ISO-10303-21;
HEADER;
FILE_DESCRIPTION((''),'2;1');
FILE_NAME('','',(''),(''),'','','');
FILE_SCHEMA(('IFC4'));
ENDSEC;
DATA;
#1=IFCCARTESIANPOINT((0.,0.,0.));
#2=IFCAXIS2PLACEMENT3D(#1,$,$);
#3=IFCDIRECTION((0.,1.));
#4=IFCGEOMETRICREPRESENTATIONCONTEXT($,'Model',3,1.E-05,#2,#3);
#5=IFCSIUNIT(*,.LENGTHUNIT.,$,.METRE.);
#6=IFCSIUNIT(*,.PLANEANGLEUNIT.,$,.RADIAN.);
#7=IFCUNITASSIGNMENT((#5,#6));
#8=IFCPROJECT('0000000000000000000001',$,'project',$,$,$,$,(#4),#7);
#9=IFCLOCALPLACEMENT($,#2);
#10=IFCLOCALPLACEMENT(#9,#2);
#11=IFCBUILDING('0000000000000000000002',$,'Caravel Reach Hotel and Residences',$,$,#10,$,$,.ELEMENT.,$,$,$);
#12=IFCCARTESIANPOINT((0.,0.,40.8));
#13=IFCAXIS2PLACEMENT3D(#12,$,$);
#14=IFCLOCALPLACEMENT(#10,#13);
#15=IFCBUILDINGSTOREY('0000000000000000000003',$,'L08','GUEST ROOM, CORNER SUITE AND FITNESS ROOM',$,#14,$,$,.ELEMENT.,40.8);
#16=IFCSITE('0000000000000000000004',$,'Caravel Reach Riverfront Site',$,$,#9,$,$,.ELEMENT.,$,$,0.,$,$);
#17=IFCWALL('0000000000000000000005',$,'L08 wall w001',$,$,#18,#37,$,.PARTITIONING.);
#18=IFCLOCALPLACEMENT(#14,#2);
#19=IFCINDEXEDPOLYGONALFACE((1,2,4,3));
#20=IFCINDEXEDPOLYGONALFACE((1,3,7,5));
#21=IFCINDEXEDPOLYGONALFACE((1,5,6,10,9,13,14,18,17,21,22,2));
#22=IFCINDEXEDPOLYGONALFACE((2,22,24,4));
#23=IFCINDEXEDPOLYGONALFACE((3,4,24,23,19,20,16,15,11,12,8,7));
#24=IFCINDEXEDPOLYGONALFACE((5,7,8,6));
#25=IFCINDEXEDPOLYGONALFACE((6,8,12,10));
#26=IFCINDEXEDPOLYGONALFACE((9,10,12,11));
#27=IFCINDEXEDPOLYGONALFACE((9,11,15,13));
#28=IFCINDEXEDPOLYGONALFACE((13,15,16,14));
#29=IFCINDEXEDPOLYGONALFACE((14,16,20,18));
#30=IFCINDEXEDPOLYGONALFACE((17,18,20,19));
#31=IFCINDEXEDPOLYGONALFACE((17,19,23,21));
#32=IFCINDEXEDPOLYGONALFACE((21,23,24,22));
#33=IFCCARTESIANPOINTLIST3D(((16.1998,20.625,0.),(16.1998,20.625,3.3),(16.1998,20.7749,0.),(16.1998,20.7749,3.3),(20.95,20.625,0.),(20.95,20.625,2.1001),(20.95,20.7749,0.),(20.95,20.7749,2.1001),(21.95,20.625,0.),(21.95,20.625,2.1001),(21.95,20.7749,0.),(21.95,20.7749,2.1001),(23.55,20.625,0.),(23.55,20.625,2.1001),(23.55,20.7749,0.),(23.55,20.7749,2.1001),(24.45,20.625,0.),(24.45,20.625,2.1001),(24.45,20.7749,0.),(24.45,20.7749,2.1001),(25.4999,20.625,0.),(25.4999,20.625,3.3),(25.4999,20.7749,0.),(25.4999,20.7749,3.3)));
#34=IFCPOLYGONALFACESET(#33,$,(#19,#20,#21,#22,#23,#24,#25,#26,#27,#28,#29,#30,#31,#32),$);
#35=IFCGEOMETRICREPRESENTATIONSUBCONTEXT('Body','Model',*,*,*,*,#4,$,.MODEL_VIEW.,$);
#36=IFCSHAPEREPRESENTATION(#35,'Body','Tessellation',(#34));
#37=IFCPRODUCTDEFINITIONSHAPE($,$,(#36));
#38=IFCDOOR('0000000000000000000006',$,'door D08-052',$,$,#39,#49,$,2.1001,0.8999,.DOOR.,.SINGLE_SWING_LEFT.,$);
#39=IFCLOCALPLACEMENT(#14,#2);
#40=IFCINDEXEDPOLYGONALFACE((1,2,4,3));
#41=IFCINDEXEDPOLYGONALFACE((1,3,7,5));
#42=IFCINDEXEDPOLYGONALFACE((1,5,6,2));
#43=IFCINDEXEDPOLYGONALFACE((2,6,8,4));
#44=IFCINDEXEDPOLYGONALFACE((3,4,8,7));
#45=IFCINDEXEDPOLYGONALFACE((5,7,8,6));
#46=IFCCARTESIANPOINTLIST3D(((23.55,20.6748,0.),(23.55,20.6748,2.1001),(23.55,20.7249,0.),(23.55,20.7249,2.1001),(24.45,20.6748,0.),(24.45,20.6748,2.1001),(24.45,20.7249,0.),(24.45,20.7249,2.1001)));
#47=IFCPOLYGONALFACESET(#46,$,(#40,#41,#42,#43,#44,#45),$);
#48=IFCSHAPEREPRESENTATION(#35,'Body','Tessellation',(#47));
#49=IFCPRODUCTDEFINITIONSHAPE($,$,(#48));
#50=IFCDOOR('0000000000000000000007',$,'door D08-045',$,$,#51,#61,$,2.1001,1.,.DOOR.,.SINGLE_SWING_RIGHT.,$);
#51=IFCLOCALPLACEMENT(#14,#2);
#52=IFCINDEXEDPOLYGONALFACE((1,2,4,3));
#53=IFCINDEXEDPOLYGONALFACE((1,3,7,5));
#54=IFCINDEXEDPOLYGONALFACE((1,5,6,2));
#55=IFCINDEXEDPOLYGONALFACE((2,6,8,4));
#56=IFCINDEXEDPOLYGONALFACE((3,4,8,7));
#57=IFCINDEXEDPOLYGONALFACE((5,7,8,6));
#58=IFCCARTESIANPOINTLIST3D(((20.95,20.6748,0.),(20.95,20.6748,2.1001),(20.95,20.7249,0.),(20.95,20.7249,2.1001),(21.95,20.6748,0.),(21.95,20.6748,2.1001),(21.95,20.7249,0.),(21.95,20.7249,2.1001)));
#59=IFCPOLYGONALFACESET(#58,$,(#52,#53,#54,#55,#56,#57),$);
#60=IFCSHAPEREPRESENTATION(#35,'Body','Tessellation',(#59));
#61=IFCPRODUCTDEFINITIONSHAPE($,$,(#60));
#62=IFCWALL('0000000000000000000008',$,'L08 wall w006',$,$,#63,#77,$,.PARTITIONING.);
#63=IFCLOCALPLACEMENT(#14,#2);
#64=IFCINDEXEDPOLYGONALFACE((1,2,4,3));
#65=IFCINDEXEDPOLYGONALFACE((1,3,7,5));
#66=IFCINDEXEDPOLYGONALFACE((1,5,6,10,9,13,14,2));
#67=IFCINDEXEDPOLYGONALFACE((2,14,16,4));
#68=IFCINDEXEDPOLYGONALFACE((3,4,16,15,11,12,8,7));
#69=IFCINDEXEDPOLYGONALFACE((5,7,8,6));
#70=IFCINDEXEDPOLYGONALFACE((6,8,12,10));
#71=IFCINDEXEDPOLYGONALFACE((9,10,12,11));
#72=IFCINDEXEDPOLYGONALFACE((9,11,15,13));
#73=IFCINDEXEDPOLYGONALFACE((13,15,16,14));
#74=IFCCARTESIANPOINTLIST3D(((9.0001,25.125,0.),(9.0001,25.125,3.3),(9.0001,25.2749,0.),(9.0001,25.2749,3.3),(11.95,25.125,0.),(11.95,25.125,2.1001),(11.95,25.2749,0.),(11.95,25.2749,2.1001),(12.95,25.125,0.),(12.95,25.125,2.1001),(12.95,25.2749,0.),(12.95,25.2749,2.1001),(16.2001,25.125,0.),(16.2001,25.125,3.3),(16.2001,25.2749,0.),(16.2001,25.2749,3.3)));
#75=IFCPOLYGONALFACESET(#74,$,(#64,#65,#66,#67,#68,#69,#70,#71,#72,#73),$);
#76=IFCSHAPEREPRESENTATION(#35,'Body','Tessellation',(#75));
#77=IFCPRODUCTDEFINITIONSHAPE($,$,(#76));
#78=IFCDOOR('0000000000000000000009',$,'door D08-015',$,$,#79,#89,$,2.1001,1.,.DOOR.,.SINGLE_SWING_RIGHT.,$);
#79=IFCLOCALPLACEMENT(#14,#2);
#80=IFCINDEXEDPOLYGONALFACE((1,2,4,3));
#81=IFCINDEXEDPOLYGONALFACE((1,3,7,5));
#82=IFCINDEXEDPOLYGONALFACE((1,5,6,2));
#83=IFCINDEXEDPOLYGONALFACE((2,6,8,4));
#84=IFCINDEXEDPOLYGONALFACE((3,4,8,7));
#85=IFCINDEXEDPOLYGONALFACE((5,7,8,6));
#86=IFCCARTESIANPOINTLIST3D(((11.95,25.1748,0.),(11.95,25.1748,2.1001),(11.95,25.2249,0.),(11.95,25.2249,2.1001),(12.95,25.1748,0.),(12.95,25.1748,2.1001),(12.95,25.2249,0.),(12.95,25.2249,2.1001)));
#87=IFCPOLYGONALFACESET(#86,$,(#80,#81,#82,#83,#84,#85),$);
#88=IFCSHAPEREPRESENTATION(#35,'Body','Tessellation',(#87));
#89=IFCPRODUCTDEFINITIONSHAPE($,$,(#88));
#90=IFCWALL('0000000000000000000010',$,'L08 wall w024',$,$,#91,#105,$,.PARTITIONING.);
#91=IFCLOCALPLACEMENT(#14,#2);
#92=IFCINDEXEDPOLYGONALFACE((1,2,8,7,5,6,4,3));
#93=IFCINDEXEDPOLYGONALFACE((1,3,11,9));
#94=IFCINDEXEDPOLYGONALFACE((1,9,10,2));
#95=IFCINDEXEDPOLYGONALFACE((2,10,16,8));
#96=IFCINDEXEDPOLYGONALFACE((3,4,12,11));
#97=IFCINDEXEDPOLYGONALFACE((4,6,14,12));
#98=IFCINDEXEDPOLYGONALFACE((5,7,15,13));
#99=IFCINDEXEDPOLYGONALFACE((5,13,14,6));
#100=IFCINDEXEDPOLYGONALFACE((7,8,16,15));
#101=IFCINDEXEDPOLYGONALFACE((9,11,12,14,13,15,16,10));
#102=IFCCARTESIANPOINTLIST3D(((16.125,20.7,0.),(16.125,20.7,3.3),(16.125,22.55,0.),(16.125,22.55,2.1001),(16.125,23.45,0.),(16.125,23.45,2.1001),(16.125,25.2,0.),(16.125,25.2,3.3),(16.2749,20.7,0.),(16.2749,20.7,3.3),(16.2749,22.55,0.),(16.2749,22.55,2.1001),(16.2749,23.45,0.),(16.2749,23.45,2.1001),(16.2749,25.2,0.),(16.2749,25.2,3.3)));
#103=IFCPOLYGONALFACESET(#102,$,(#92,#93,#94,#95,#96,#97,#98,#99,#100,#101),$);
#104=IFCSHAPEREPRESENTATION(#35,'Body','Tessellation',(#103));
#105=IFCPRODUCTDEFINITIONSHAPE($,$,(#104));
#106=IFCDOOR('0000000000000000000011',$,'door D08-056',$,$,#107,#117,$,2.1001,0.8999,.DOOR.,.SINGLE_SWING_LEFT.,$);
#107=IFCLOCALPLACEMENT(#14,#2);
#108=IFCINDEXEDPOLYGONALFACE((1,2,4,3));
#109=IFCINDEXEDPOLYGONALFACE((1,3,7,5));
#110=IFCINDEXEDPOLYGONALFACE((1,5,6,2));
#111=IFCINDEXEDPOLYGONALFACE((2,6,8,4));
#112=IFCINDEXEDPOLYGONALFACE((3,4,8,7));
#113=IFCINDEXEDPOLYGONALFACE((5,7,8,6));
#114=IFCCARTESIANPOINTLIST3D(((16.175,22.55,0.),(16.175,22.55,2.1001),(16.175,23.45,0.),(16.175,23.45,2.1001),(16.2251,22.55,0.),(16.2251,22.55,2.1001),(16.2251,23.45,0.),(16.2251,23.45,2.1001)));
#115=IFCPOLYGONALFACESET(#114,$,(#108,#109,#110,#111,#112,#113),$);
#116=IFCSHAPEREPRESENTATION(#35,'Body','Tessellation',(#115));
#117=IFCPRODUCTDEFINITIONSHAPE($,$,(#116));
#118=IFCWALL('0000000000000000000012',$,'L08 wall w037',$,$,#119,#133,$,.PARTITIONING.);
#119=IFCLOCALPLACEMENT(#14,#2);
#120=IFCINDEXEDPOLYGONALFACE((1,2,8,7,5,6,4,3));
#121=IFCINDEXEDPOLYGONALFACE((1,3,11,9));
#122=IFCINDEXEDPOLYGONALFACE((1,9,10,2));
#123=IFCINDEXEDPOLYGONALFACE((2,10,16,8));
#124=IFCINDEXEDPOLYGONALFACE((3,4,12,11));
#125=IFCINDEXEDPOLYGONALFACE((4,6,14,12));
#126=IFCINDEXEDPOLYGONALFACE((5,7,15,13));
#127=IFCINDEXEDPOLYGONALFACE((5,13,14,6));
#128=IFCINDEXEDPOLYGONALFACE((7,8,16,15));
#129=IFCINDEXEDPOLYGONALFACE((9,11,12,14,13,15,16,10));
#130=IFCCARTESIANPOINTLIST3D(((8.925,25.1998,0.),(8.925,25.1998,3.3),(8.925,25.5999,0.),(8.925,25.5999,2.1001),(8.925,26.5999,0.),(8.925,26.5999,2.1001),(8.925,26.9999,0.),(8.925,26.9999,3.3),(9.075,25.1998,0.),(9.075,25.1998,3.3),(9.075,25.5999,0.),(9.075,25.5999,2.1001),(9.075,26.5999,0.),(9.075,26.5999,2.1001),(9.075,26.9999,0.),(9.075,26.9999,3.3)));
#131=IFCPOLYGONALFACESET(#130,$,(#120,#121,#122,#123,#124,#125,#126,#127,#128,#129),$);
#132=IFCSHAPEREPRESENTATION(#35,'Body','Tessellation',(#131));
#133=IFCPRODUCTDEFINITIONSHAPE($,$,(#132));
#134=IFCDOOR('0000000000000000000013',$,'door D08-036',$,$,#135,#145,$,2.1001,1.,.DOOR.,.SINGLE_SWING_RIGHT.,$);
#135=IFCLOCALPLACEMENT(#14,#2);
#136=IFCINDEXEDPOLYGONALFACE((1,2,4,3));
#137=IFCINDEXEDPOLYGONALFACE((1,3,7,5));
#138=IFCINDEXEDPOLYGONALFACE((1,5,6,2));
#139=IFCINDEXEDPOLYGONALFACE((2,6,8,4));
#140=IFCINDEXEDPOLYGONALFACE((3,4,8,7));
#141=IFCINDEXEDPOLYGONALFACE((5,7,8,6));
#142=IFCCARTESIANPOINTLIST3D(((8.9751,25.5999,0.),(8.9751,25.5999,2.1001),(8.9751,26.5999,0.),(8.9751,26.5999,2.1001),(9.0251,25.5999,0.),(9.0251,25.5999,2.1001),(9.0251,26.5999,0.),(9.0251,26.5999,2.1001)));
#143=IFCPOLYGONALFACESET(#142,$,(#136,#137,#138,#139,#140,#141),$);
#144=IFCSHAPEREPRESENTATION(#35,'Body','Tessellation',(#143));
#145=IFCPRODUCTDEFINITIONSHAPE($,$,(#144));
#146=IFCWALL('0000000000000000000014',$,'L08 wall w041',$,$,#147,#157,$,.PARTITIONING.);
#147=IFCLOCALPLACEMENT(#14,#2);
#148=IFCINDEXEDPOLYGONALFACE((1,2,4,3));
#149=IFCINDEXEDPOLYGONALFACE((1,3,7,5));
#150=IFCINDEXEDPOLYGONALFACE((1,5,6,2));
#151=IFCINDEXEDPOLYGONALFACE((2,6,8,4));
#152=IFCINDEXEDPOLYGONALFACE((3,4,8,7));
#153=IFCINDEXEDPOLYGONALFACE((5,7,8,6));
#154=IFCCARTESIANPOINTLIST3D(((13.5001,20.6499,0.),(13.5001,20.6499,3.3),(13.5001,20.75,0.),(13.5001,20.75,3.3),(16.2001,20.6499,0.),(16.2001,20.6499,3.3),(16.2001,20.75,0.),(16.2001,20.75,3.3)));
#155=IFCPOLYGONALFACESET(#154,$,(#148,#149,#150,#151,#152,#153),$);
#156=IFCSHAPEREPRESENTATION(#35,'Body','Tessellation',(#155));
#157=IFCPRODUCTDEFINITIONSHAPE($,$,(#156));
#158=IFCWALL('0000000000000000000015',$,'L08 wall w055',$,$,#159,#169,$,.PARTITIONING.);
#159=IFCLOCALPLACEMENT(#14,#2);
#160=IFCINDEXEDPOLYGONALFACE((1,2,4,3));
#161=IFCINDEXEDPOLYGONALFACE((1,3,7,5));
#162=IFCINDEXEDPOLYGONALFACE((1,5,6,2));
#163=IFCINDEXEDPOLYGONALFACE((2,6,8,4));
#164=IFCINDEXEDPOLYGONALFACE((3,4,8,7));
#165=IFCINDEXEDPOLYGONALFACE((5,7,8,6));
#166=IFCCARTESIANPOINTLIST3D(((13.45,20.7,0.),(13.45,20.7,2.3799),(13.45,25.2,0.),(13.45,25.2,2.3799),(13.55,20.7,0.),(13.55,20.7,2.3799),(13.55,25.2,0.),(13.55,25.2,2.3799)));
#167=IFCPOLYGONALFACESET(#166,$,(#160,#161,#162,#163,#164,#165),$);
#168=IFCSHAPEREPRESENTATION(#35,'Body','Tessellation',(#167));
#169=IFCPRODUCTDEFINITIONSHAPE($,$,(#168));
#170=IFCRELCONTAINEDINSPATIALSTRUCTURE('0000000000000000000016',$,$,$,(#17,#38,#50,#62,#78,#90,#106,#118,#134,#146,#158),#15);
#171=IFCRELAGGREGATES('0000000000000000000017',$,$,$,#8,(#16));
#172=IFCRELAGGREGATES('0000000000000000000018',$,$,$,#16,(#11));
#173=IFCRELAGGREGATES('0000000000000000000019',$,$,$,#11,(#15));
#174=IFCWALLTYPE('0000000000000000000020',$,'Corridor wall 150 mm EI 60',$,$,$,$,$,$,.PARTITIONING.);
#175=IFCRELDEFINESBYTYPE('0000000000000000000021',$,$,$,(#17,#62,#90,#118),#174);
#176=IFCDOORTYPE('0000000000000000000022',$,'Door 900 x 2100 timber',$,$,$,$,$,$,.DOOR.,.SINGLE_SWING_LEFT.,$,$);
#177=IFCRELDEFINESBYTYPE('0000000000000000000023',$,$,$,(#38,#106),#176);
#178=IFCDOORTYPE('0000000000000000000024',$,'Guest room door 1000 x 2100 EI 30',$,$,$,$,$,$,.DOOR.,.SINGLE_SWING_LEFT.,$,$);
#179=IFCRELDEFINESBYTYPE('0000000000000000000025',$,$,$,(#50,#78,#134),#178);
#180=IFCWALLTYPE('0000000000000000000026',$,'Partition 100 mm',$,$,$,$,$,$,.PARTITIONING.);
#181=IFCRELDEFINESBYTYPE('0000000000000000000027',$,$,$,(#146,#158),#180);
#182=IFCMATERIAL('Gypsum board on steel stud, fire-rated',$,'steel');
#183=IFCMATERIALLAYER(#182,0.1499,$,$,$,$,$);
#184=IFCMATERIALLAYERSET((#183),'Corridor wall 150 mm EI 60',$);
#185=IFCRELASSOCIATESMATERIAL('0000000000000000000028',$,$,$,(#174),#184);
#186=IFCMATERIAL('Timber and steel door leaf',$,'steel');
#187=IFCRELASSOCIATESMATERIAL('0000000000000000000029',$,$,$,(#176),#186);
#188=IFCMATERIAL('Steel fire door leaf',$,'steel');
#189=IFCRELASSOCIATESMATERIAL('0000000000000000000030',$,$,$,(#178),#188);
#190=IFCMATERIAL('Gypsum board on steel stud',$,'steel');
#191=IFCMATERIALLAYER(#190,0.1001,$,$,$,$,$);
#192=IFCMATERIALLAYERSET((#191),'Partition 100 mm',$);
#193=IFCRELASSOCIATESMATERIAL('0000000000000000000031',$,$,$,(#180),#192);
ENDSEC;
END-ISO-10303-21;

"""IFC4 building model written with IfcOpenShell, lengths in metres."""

from ifc_helpers import new_model, si_unit, direction, frame, frame_2d, origin, place, context, subcontext, project, spatial, rectangle, extrude, material, layer, layer_set, type_object, element, fill, save


model = new_model("IFC4")

# Units and contexts
model_context = context("Model", 3, precision=1e-05, world=origin(), true_north=direction((0.0, 1.0)))
body_context = subcontext(model_context, "Body", "Model", "MODEL_VIEW")
ifc_project = project(units=[si_unit("LENGTHUNIT", "METRE"), si_unit("PLANEANGLEUNIT", "RADIAN")], contexts=[model_context])

# Site, building, storey
site_placement = place(None, origin())
site = spatial("IfcSite", under=ifc_project, at=site_placement, Name="Caravel Reach Riverfront Site", CompositionType="ELEMENT", RefElevation=0.0)
building_placement = place(site_placement, origin())
building = spatial("IfcBuilding", under=site, at=building_placement, Name="Caravel Reach Hotel and Residences", CompositionType="ELEMENT")
storey_placement = place(building_placement, frame((0.0, 0.0, 40.8)))
storey = spatial("IfcBuildingStorey", under=building, at=storey_placement, Name="L08", Description="GUEST ROOM, CORNER SUITE AND FITNESS ROOM", CompositionType="ELEMENT", Elevation=40.8)

# Wall, openings, doors
ifc_material_1 = material(Name="Gypsum board on steel stud, fire-rated", Category="steel")
ifc_layer_1 = layer(ifc_material_1, 0.1499)
ifc_layer_set_1 = layer_set([ifc_layer_1], Name="Corridor wall 150 mm EI 60")
wall_type_1 = type_object("IfcWallType", Name="Corridor wall 150 mm EI 60", PredefinedType="PARTITIONING", material=ifc_layer_set_1)
wall_1_placement = place(storey_placement, frame((16.2, 20.7, 0.0), z_axis=(0.0, 0.0, 1.0), x_axis=(1.0, 0.0, 0.0)))
wall_1 = element("IfcWall", 1, at=wall_1_placement, inside=storey, type_object=wall_type_1, Name="L08 wall w001", PredefinedType="PARTITIONING", context=body_context, shape_type="SweptSolid", body=[
    extrude(rectangle(XDim=9.3, YDim=0.1499, at=frame_2d((4.6499, 0.0))), origin(), (0.0, 0.0, 1.0), 3.3),
])
opening_1_placement = place(wall_1_placement, frame((4.75, 0.0, 0.0)))
opening_1 = element("IfcOpeningElement", 2, at=opening_1_placement, cuts=wall_1, PredefinedType="OPENING", context=body_context, shape_type="SweptSolid", body=[
    extrude(rectangle(XDim=1.0, YDim=2.1001, at=frame_2d((0.5, 1.05))), frame((0.0, 0.085, 0.0), z_axis=(0.0, -1.0, 0.0), x_axis=(1.0, 0.0, 0.0)), (0.0, 0.0, 1.0), 0.1699),
])
opening_2_placement = place(wall_1_placement, frame((7.3501, 0.0, 0.0)))
opening_2 = element("IfcOpeningElement", 3, at=opening_2_placement, cuts=wall_1, PredefinedType="OPENING", context=body_context, shape_type="SweptSolid", body=[
    extrude(rectangle(XDim=0.8999, YDim=2.1001, at=frame_2d((0.45, 1.05))), frame((0.0, 0.085, 0.0), z_axis=(0.0, -1.0, 0.0), x_axis=(1.0, 0.0, 0.0)), (0.0, 0.0, 1.0), 0.1699),
])
ifc_material_2 = material(Name="Timber and steel door leaf", Category="steel")
door_type_1 = type_object("IfcDoorType", Name="Door 900 x 2100 timber", OperationType="SINGLE_SWING_LEFT", PredefinedType="DOOR", material=ifc_material_2)
door_1_placement = place(opening_2_placement, origin())
door_1 = element("IfcDoor", 4, at=door_1_placement, inside=storey, type_object=door_type_1, Name="door D08-052", OperationType="SINGLE_SWING_LEFT", OverallHeight=2.1001, OverallWidth=0.8999, PredefinedType="DOOR", context=body_context, shape_type="SweptSolid", body=[
    extrude(rectangle(XDim=0.8999, YDim=2.1001, at=frame_2d((0.45, 1.05))), frame((0.0, 0.0249, 0.0), z_axis=(0.0, -1.0, 0.0), x_axis=(1.0, 0.0, 0.0)), (0.0, 0.0, 1.0), 0.05),
])
fill(opening_2, door_1)
ifc_material_3 = material(Name="Steel fire door leaf", Category="steel")
door_type_2 = type_object("IfcDoorType", Name="Guest room door 1000 x 2100 EI 30", OperationType="SINGLE_SWING_LEFT", PredefinedType="DOOR", material=ifc_material_3)
door_2_placement = place(opening_1_placement, origin())
door_2 = element("IfcDoor", 5, at=door_2_placement, inside=storey, type_object=door_type_2, Name="door D08-045", OperationType="SINGLE_SWING_RIGHT", OverallHeight=2.1001, OverallWidth=1.0, PredefinedType="DOOR", context=body_context, shape_type="SweptSolid", body=[
    extrude(rectangle(XDim=1.0, YDim=2.1001, at=frame_2d((0.5, 1.05))), frame((0.0, 0.0249, 0.0), z_axis=(0.0, -1.0, 0.0), x_axis=(1.0, 0.0, 0.0)), (0.0, 0.0, 1.0), 0.05),
])
fill(opening_1, door_2)

# Walls, openings, doors
wall_2_placement = place(storey_placement, frame((9.0, 25.2, 0.0), z_axis=(0.0, 0.0, 1.0), x_axis=(1.0, 0.0, 0.0)))
wall_2 = element("IfcWall", 6, at=wall_2_placement, inside=storey, type_object=wall_type_1, Name="L08 wall w006", PredefinedType="PARTITIONING", context=body_context, shape_type="SweptSolid", body=[
    extrude(rectangle(XDim=7.2, YDim=0.1499, at=frame_2d((3.6001, 0.0))), origin(), (0.0, 0.0, 1.0), 3.3),
])
opening_3_placement = place(wall_2_placement, frame((2.95, 0.0, 0.0)))
opening_3 = element("IfcOpeningElement", 7, at=opening_3_placement, cuts=wall_2, PredefinedType="OPENING", context=body_context, shape_type="SweptSolid", body=[
    extrude(rectangle(XDim=1.0, YDim=2.1001, at=frame_2d((0.5, 1.05))), frame((0.0, 0.085, 0.0), z_axis=(0.0, -1.0, 0.0), x_axis=(1.0, 0.0, 0.0)), (0.0, 0.0, 1.0), 0.1699),
])
door_3_placement = place(opening_3_placement, origin())
door_3 = element("IfcDoor", 8, at=door_3_placement, inside=storey, type_object=door_type_2, Name="door D08-015", OperationType="SINGLE_SWING_RIGHT", OverallHeight=2.1001, OverallWidth=1.0, PredefinedType="DOOR", context=body_context, shape_type="SweptSolid", body=[
    extrude(rectangle(XDim=1.0, YDim=2.1001, at=frame_2d((0.5, 1.05))), frame((0.0, 0.0249, 0.0), z_axis=(0.0, -1.0, 0.0), x_axis=(1.0, 0.0, 0.0)), (0.0, 0.0, 1.0), 0.05),
])
fill(opening_3, door_3)
wall_3_placement = place(storey_placement, frame((16.2, 20.7, 0.0), z_axis=(0.0, 0.0, 1.0), x_axis=(0.0, 1.0, 0.0)))
wall_3 = element("IfcWall", 9, at=wall_3_placement, inside=storey, type_object=wall_type_1, Name="L08 wall w024", PredefinedType="PARTITIONING", context=body_context, shape_type="SweptSolid", body=[
    extrude(rectangle(XDim=4.5, YDim=0.1499, at=frame_2d((2.25, 0.0))), origin(), (0.0, 0.0, 1.0), 3.3),
])
opening_4_placement = place(wall_3_placement, frame((1.8501, 0.0, 0.0)))
opening_4 = element("IfcOpeningElement", 10, at=opening_4_placement, cuts=wall_3, PredefinedType="OPENING", context=body_context, shape_type="SweptSolid", body=[
    extrude(rectangle(XDim=0.8999, YDim=2.1001, at=frame_2d((0.45, 1.05))), frame((0.0, 0.085, 0.0), z_axis=(0.0, -1.0, 0.0), x_axis=(1.0, 0.0, 0.0)), (0.0, 0.0, 1.0), 0.1699),
])
door_4_placement = place(opening_4_placement, origin())
door_4 = element("IfcDoor", 11, at=door_4_placement, inside=storey, type_object=door_type_1, Name="door D08-056", OperationType="SINGLE_SWING_LEFT", OverallHeight=2.1001, OverallWidth=0.8999, PredefinedType="DOOR", context=body_context, shape_type="SweptSolid", body=[
    extrude(rectangle(XDim=0.8999, YDim=2.1001, at=frame_2d((0.45, 1.05))), frame((0.0, 0.0249, 0.0), z_axis=(0.0, -1.0, 0.0), x_axis=(1.0, 0.0, 0.0)), (0.0, 0.0, 1.0), 0.05),
])
fill(opening_4, door_4)
wall_4_placement = place(storey_placement, frame((9.0, 25.2, 0.0), z_axis=(0.0, 0.0, 1.0), x_axis=(0.0, 1.0, 0.0)))
wall_4 = element("IfcWall", 12, at=wall_4_placement, inside=storey, type_object=wall_type_1, Name="L08 wall w037", PredefinedType="PARTITIONING", context=body_context, shape_type="SweptSolid", body=[
    extrude(rectangle(XDim=1.8, YDim=0.1499, at=frame_2d((0.8999, 0.0))), origin(), (0.0, 0.0, 1.0), 3.3),
])
opening_5_placement = place(wall_4_placement, frame((0.3999, 0.0, 0.0)))
opening_5 = element("IfcOpeningElement", 13, at=opening_5_placement, cuts=wall_4, PredefinedType="OPENING", context=body_context, shape_type="SweptSolid", body=[
    extrude(rectangle(XDim=1.0, YDim=2.1001, at=frame_2d((0.5, 1.05))), frame((0.0, 0.085, 0.0), z_axis=(0.0, -1.0, 0.0), x_axis=(1.0, 0.0, 0.0)), (0.0, 0.0, 1.0), 0.1699),
])
door_5_placement = place(opening_5_placement, origin())
door_5 = element("IfcDoor", 14, at=door_5_placement, inside=storey, type_object=door_type_2, Name="door D08-036", OperationType="SINGLE_SWING_RIGHT", OverallHeight=2.1001, OverallWidth=1.0, PredefinedType="DOOR", context=body_context, shape_type="SweptSolid", body=[
    extrude(rectangle(XDim=1.0, YDim=2.1001, at=frame_2d((0.5, 1.05))), frame((0.0, 0.0249, 0.0), z_axis=(0.0, -1.0, 0.0), x_axis=(1.0, 0.0, 0.0)), (0.0, 0.0, 1.0), 0.05),
])
fill(opening_5, door_5)

# Walls
ifc_material_4 = material(Name="Gypsum board on steel stud", Category="steel")
ifc_layer_2 = layer(ifc_material_4, 0.1001)
ifc_layer_set_2 = layer_set([ifc_layer_2], Name="Partition 100 mm")
wall_type_2 = type_object("IfcWallType", Name="Partition 100 mm", PredefinedType="PARTITIONING", material=ifc_layer_set_2)
wall_5_placement = place(storey_placement, frame((13.5, 20.7, 0.0), z_axis=(0.0, 0.0, 1.0), x_axis=(1.0, 0.0, 0.0)))
element("IfcWall", 15, at=wall_5_placement, inside=storey, type_object=wall_type_2, Name="L08 wall w041", PredefinedType="PARTITIONING", context=body_context, shape_type="SweptSolid", body=[
    extrude(rectangle(XDim=2.7, YDim=0.1001, at=frame_2d((1.3501, 0.0))), origin(), (0.0, 0.0, 1.0), 3.3),
])
wall_6_placement = place(storey_placement, frame((13.5, 20.7, 0.0), z_axis=(0.0, 0.0, 1.0), x_axis=(0.0, 1.0, 0.0)))
element("IfcWall", 16, at=wall_6_placement, inside=storey, type_object=wall_type_2, Name="L08 wall w055", PredefinedType="PARTITIONING", context=body_context, shape_type="SweptSolid", body=[
    extrude(rectangle(XDim=4.5, YDim=0.1001, at=frame_2d((2.25, 0.0))), origin(), (0.0, 0.0, 1.0), 2.3799),
])

save(model, "model.ifc")
